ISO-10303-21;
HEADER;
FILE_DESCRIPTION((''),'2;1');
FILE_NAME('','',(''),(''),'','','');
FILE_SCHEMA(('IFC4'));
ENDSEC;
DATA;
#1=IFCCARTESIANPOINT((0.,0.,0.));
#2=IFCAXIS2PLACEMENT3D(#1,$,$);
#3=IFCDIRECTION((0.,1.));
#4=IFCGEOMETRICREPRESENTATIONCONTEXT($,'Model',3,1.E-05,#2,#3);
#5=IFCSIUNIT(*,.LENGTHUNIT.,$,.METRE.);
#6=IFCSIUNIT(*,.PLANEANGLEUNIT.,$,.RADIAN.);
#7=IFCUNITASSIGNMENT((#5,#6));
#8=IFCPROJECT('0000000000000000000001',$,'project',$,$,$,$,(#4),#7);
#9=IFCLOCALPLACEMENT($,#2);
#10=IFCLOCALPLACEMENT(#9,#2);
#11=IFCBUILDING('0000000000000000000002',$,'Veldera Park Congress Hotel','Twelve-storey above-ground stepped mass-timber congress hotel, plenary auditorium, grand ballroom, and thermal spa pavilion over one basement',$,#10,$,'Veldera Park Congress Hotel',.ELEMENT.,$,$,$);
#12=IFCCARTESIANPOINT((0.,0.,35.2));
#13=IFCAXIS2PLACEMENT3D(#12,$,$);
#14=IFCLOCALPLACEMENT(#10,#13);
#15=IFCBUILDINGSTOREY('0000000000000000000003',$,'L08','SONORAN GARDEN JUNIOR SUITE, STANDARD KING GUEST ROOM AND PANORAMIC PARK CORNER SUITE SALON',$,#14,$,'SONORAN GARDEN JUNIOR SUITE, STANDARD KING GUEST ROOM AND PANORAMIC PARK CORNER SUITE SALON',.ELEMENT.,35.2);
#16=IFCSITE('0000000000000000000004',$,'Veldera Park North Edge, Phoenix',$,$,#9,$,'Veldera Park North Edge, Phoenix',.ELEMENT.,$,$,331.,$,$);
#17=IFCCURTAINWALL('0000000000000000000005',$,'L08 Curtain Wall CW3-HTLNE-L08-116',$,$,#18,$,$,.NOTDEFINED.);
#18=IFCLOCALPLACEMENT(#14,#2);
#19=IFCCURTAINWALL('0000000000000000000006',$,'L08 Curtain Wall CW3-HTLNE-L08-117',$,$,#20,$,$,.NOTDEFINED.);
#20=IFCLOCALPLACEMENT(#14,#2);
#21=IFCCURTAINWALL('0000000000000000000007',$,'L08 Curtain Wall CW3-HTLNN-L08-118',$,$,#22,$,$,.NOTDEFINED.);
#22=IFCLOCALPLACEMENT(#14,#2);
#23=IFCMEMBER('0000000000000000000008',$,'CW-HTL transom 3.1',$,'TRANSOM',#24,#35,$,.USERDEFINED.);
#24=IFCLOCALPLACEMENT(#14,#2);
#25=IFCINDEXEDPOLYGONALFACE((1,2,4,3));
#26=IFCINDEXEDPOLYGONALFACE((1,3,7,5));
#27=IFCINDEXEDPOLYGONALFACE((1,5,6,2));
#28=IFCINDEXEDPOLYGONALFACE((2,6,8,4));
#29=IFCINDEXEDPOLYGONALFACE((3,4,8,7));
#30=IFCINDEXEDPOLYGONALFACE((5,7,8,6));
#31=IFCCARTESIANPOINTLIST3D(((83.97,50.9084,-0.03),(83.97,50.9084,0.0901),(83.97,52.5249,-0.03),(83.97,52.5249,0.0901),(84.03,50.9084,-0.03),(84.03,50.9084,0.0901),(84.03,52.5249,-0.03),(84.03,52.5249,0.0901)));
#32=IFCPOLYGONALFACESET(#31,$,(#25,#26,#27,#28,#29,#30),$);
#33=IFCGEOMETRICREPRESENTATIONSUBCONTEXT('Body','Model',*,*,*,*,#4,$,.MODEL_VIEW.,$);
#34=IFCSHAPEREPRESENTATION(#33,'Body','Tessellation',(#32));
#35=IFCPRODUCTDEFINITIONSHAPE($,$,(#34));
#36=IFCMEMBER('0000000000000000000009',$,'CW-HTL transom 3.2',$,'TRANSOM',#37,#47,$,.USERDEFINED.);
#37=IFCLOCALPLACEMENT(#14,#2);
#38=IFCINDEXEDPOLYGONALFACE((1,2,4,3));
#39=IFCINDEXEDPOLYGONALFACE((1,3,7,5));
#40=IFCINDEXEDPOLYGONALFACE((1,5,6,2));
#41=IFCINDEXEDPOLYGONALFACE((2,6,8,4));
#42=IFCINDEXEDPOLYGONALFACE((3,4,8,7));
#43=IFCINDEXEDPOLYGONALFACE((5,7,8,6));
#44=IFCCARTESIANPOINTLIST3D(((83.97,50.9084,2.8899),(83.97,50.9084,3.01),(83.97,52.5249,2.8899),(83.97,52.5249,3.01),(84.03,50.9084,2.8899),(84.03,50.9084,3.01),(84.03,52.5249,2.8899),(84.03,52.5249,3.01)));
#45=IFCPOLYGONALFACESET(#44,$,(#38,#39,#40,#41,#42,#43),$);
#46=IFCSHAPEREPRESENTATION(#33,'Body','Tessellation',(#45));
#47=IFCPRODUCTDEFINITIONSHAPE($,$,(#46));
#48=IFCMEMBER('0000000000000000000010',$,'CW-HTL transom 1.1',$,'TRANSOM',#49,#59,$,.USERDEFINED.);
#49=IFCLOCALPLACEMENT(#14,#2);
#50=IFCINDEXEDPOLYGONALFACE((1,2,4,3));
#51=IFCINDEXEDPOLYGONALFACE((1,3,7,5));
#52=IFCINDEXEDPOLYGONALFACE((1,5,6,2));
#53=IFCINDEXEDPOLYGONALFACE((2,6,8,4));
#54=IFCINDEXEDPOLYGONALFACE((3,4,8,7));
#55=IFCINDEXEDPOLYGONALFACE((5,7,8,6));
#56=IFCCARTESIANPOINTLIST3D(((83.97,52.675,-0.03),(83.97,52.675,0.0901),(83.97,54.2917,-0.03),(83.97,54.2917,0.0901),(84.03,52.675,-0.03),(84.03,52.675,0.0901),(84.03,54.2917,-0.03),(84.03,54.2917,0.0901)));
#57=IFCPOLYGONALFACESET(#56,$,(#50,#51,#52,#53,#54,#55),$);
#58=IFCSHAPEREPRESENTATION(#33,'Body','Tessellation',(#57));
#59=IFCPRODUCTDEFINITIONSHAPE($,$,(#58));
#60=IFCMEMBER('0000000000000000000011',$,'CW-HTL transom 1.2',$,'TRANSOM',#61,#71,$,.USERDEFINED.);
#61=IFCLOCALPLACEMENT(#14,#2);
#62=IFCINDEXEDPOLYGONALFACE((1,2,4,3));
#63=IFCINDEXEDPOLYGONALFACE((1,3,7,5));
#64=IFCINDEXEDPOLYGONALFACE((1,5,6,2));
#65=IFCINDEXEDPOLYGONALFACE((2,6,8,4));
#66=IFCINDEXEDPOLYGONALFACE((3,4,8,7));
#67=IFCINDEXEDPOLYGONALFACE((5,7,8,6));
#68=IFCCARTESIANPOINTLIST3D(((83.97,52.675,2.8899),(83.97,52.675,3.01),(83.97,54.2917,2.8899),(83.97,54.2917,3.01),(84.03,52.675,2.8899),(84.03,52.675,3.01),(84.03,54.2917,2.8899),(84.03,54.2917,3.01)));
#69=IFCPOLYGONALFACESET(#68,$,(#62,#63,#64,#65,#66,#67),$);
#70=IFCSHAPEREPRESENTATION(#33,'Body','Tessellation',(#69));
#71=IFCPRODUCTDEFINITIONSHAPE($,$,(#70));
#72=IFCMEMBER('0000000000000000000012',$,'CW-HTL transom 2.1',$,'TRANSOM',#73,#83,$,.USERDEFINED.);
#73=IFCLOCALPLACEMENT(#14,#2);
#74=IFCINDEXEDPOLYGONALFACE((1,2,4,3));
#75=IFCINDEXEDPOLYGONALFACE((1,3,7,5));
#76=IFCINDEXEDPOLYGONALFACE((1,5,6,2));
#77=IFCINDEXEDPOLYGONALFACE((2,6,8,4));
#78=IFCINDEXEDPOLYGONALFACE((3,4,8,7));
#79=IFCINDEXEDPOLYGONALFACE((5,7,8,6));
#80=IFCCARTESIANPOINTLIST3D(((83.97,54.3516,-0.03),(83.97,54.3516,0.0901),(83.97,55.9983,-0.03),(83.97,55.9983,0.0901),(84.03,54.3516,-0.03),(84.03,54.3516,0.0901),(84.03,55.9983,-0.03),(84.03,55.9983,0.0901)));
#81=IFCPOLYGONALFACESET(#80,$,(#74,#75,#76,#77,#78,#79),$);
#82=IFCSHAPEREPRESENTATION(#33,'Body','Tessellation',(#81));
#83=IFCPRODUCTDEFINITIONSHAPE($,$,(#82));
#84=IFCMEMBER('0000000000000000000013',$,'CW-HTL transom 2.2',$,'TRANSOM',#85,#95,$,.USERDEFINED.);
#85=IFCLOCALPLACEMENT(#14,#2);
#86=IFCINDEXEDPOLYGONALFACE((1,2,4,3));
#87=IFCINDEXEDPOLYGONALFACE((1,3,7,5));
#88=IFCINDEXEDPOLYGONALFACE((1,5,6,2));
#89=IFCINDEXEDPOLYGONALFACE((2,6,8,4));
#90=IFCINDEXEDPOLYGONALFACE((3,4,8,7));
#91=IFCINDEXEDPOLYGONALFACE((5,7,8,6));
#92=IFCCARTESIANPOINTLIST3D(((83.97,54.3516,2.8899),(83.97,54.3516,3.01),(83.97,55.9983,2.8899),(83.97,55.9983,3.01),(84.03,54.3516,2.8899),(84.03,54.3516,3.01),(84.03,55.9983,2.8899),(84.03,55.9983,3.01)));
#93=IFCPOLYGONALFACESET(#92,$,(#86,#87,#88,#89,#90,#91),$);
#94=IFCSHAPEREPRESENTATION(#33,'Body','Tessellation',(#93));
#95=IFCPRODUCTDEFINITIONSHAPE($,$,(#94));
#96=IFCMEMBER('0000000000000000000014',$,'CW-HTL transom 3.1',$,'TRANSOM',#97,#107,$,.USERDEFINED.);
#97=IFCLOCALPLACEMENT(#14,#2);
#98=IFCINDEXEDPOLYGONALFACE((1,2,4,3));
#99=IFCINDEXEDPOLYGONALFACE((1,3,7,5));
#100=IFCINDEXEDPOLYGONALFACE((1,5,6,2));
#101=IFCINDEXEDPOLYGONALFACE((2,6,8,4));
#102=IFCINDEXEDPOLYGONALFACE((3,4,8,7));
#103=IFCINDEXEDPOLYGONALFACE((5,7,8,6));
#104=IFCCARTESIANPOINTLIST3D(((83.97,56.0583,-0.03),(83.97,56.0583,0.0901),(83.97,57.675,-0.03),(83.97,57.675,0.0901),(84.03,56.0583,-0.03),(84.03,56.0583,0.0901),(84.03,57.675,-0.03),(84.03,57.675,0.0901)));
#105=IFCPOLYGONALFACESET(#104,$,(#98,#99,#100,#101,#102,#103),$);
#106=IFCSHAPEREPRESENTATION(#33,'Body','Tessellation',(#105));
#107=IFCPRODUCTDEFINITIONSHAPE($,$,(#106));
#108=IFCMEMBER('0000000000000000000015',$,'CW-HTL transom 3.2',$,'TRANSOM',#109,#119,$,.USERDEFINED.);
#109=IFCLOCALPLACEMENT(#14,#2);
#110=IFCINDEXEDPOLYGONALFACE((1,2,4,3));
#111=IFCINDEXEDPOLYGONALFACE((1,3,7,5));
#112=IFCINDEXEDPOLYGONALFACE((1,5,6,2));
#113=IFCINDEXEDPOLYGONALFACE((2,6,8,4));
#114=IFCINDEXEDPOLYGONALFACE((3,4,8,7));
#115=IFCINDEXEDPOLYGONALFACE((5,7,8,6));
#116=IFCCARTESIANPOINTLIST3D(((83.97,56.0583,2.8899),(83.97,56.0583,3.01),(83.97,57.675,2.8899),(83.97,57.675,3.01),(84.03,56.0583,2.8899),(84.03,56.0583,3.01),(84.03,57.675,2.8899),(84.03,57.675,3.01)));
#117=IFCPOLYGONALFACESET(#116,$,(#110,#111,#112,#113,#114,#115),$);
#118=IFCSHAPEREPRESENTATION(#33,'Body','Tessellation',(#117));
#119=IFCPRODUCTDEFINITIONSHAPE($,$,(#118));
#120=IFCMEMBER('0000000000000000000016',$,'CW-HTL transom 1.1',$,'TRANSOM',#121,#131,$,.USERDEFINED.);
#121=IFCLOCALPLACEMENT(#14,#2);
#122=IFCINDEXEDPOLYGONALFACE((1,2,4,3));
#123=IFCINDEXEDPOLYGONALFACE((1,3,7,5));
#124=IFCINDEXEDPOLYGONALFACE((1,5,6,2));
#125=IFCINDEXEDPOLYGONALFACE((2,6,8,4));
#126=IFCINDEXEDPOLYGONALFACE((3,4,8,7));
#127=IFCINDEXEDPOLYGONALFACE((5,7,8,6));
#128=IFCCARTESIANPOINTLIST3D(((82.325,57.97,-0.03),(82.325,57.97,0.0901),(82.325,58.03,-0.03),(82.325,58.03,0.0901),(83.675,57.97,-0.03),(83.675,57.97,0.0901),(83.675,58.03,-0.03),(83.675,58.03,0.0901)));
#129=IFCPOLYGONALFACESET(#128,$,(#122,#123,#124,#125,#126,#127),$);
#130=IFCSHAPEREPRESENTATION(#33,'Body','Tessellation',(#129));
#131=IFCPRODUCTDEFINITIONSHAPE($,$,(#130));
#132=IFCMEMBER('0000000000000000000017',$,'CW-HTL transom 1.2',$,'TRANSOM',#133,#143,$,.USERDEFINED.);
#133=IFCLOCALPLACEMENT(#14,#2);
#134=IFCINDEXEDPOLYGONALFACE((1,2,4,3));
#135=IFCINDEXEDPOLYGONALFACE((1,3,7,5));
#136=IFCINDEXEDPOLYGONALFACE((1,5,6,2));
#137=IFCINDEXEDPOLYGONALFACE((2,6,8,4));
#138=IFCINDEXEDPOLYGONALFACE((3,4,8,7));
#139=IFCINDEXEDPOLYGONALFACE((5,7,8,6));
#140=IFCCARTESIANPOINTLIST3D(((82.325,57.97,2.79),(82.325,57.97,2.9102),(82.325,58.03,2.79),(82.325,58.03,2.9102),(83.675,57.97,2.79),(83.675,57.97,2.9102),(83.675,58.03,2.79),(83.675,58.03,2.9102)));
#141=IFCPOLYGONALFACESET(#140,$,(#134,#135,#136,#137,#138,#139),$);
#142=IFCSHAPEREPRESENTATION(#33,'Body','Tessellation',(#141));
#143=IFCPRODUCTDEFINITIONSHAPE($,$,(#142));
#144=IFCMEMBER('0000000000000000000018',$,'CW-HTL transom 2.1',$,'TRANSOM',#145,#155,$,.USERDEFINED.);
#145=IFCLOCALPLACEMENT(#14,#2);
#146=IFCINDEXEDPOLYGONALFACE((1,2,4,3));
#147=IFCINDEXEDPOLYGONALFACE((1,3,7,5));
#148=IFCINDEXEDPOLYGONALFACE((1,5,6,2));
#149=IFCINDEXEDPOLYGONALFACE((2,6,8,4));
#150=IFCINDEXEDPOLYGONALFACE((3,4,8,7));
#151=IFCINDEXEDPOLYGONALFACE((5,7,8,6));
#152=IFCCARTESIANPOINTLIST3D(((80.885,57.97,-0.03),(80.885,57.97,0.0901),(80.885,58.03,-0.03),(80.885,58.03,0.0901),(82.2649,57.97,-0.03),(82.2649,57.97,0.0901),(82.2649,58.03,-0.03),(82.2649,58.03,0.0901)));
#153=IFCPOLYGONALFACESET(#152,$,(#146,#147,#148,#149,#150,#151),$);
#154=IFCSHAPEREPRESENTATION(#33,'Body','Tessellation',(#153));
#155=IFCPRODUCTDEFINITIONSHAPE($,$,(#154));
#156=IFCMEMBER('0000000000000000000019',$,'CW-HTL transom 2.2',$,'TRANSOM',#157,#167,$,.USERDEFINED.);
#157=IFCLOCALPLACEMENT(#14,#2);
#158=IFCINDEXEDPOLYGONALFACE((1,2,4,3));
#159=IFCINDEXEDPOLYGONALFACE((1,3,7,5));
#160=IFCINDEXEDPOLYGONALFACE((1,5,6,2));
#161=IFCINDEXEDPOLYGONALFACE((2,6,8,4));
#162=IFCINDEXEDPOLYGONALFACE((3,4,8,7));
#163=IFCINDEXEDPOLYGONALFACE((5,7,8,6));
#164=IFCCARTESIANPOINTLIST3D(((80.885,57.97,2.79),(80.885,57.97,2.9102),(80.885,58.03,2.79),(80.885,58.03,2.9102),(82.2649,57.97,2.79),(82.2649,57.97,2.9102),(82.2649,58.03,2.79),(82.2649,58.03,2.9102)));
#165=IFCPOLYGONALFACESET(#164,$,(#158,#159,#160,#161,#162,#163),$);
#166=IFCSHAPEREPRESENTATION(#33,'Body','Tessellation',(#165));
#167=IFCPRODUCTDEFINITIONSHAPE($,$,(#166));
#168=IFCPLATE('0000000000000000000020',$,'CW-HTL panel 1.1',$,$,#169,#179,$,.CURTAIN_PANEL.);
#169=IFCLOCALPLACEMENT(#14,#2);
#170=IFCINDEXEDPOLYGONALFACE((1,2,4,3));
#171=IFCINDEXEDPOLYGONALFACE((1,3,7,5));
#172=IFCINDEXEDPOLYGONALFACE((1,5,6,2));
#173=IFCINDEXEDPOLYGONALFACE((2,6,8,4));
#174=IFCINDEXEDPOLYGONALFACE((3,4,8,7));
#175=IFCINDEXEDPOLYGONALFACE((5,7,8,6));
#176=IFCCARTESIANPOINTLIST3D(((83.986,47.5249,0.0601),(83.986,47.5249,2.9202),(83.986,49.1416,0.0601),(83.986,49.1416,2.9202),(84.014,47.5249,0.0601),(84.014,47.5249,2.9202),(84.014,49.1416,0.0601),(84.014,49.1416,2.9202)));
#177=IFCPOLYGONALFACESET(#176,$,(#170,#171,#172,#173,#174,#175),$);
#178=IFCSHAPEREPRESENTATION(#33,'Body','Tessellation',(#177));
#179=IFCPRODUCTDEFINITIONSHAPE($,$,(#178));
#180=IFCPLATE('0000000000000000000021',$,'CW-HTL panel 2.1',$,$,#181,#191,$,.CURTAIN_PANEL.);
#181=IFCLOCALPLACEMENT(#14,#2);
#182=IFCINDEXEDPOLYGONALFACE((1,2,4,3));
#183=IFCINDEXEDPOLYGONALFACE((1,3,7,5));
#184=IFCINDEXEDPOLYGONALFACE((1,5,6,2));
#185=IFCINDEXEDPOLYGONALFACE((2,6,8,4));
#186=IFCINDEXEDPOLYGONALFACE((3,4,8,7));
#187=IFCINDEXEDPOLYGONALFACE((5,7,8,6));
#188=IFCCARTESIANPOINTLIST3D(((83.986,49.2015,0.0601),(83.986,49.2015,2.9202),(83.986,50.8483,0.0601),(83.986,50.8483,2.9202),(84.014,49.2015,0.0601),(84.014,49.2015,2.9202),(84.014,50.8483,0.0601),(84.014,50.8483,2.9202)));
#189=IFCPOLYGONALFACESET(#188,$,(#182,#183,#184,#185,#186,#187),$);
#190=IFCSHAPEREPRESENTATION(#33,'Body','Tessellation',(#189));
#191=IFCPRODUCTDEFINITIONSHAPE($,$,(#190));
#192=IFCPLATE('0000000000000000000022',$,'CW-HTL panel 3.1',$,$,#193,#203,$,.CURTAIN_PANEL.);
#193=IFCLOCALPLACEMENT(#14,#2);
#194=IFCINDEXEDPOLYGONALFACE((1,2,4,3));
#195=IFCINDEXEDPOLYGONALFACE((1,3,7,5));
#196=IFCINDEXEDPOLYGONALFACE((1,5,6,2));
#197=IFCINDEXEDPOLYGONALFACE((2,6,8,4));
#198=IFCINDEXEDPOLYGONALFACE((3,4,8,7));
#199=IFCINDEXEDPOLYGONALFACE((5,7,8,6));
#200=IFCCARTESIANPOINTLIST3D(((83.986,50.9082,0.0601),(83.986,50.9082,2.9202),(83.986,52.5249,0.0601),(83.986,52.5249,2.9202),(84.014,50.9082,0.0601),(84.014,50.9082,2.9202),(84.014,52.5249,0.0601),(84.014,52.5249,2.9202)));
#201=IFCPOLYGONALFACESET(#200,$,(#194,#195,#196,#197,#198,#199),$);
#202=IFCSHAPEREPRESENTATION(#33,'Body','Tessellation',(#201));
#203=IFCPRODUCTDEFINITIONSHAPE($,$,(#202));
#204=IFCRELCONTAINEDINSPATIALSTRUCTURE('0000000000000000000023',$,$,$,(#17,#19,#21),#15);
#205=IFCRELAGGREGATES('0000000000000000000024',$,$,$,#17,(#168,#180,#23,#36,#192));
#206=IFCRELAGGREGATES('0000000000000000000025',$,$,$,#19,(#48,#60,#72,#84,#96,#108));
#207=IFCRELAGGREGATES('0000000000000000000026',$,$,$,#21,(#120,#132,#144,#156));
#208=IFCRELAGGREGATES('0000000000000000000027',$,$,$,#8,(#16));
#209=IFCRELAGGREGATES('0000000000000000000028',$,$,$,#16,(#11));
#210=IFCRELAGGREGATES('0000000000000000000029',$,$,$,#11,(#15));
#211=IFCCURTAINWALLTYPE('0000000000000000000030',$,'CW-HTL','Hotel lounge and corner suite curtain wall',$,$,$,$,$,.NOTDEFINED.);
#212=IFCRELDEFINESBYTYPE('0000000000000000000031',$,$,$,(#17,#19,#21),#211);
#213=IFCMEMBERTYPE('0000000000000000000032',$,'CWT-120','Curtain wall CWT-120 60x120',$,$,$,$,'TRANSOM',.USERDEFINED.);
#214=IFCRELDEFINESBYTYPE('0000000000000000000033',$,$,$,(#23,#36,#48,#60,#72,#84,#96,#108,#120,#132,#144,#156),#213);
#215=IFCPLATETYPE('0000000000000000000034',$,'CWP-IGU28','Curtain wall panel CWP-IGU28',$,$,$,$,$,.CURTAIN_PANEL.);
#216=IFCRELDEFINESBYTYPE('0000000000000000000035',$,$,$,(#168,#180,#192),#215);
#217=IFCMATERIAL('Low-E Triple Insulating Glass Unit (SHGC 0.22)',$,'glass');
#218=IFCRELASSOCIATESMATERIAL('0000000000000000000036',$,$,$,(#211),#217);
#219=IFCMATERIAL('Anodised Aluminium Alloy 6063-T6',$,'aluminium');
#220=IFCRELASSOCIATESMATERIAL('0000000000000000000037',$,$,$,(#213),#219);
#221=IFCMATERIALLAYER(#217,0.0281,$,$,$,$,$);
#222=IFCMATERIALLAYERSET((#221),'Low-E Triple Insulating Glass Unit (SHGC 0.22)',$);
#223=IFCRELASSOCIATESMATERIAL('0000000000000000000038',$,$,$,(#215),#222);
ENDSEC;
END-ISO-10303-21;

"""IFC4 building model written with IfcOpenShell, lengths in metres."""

from ifc_helpers import new_model, si_unit, direction, frame, origin, origin_2d, place, context, subcontext, project, spatial, rectangle, extrude, material, layer, layer_set, material_profile, profile_set, type_object, element, aggregate, save


model = new_model("IFC4")

# Units and contexts
model_context = context("Model", 3, precision=1e-05, world=origin(), true_north=direction((0.0, 1.0)))
body_context = subcontext(model_context, "Body", "Model", "MODEL_VIEW")
ifc_project = project(units=[si_unit("LENGTHUNIT", "METRE"), si_unit("PLANEANGLEUNIT", "RADIAN")], contexts=[model_context])

# Site, building, storey
site_placement = place(None, origin())
site = spatial("IfcSite", under=ifc_project, at=site_placement, Name="Veldera Park North Edge, Phoenix", LongName="Veldera Park North Edge, Phoenix", CompositionType="ELEMENT", RefElevation=331.0)
building_placement = place(site_placement, origin())
building = spatial("IfcBuilding", under=site, at=building_placement, Name="Veldera Park Congress Hotel", Description="Twelve-storey above-ground stepped mass-timber congress hotel, plenary auditorium, grand ballroom, and thermal spa pavilion over one basement", LongName="Veldera Park Congress Hotel", CompositionType="ELEMENT")
storey_placement = place(building_placement, frame((0.0, 0.0, 35.2)))
storey = spatial("IfcBuildingStorey", under=building, at=storey_placement, Name="L08", Description="SONORAN GARDEN JUNIOR SUITE, STANDARD KING GUEST ROOM AND PANORAMIC PARK CORNER SUITE SALON", LongName="SONORAN GARDEN JUNIOR SUITE, STANDARD KING GUEST ROOM AND PANORAMIC PARK CORNER SUITE SALON", CompositionType="ELEMENT", Elevation=35.2)

# Curtain walls
ifc_material_1 = material(Name="Low-E Triple Insulating Glass Unit (SHGC 0.22)", Category="glass")
curtain_wall_type = type_object("IfcCurtainWallType", Name="CW-HTL", Description="Hotel lounge and corner suite curtain wall", PredefinedType="NOTDEFINED", material=ifc_material_1)
curtain_wall_1_placement = place(storey_placement, origin())
curtain_wall_1 = element("IfcCurtainWall", 1, at=curtain_wall_1_placement, inside=storey, type_object=curtain_wall_type, Name="L08 Curtain Wall CW3-HTLNE-L08-116", PredefinedType="NOTDEFINED")
ifc_material_2 = material(Name="Anodised Aluminium Alloy 6063-T6", Category="aluminium")
curtain_wall_2_placement = place(storey_placement, origin())
curtain_wall_2 = element("IfcCurtainWall", 2, at=curtain_wall_2_placement, inside=storey, type_object=curtain_wall_type, Name="L08 Curtain Wall CW3-HTLNE-L08-117", PredefinedType="NOTDEFINED")
curtain_wall_3_placement = place(storey_placement, origin())
curtain_wall_3 = element("IfcCurtainWall", 3, at=curtain_wall_3_placement, inside=storey, type_object=curtain_wall_type, Name="L08 Curtain Wall CW3-HTLNN-L08-118", PredefinedType="NOTDEFINED")

# Members
ifc_material_profile_1 = material_profile(ifc_material_2, rectangle(XDim=0.0601, YDim=0.1201, at=origin_2d()), Name="ALU 60x120")
ifc_profile_set_1 = profile_set([ifc_material_profile_1], Name="Anodised Aluminium Alloy 6063-T6")
member_type_1 = type_object("IfcMemberType", Name="CWT-120", Description="Curtain wall CWT-120 60x120", ElementType="TRANSOM", PredefinedType="USERDEFINED", material=ifc_profile_set_1)
member_1_placement = place(storey_placement, frame((84.0, 50.9084, 0.03), z_axis=(0.0, 1.0, 0.0), x_axis=(-1.0, 0.0, 0.0)))
member_1 = element("IfcMember", 4, at=member_1_placement, type_object=member_type_1, Name="CW-HTL transom 3.1", ObjectType="TRANSOM", PredefinedType="USERDEFINED", context=body_context, shape_type="SweptSolid", body=[
    extrude(rectangle(XDim=0.0601, YDim=0.1201, at=origin_2d()), origin(), (0.0, 0.0, 1.0), 1.6165),
])
member_2_placement = place(storey_placement, frame((84.0, 50.9084, 2.95), z_axis=(0.0, 1.0, 0.0), x_axis=(-1.0, 0.0, 0.0)))
member_2 = element("IfcMember", 5, at=member_2_placement, type_object=member_type_1, Name="CW-HTL transom 3.2", ObjectType="TRANSOM", PredefinedType="USERDEFINED", context=body_context, shape_type="SweptSolid", body=[
    extrude(rectangle(XDim=0.0601, YDim=0.1201, at=origin_2d()), origin(), (0.0, 0.0, 1.0), 1.6165),
])
member_3_placement = place(storey_placement, frame((84.0, 52.675, 0.03), z_axis=(0.0, 1.0, 0.0), x_axis=(-1.0, 0.0, 0.0)))
member_3 = element("IfcMember", 6, at=member_3_placement, type_object=member_type_1, Name="CW-HTL transom 1.1", ObjectType="TRANSOM", PredefinedType="USERDEFINED", context=body_context, shape_type="SweptSolid", body=[
    extrude(rectangle(XDim=0.0601, YDim=0.1201, at=origin_2d()), origin(), (0.0, 0.0, 1.0), 1.6167),
])
member_4_placement = place(storey_placement, frame((84.0, 52.675, 2.95), z_axis=(0.0, 1.0, 0.0), x_axis=(-1.0, 0.0, 0.0)))
member_4 = element("IfcMember", 7, at=member_4_placement, type_object=member_type_1, Name="CW-HTL transom 1.2", ObjectType="TRANSOM", PredefinedType="USERDEFINED", context=body_context, shape_type="SweptSolid", body=[
    extrude(rectangle(XDim=0.0601, YDim=0.1201, at=origin_2d()), origin(), (0.0, 0.0, 1.0), 1.6167),
])
member_5_placement = place(storey_placement, frame((84.0, 54.3516, 0.03), z_axis=(0.0, 1.0, 0.0), x_axis=(-1.0, 0.0, 0.0)))
member_5 = element("IfcMember", 8, at=member_5_placement, type_object=member_type_1, Name="CW-HTL transom 2.1", ObjectType="TRANSOM", PredefinedType="USERDEFINED", context=body_context, shape_type="SweptSolid", body=[
    extrude(rectangle(XDim=0.0601, YDim=0.1201, at=origin_2d()), origin(), (0.0, 0.0, 1.0), 1.6467),
])
member_6_placement = place(storey_placement, frame((84.0, 54.3516, 2.95), z_axis=(0.0, 1.0, 0.0), x_axis=(-1.0, 0.0, 0.0)))
member_6 = element("IfcMember", 9, at=member_6_placement, type_object=member_type_1, Name="CW-HTL transom 2.2", ObjectType="TRANSOM", PredefinedType="USERDEFINED", context=body_context, shape_type="SweptSolid", body=[
    extrude(rectangle(XDim=0.0601, YDim=0.1201, at=origin_2d()), origin(), (0.0, 0.0, 1.0), 1.6467),
])
member_7_placement = place(storey_placement, frame((84.0, 56.0583, 0.03), z_axis=(0.0, 1.0, 0.0), x_axis=(-1.0, 0.0, 0.0)))
member_7 = element("IfcMember", 10, at=member_7_placement, type_object=member_type_1, Name="CW-HTL transom 3.1", ObjectType="TRANSOM", PredefinedType="USERDEFINED", context=body_context, shape_type="SweptSolid", body=[
    extrude(rectangle(XDim=0.0601, YDim=0.1201, at=origin_2d()), origin(), (0.0, 0.0, 1.0), 1.6167),
])
member_8_placement = place(storey_placement, frame((84.0, 56.0583, 2.95), z_axis=(0.0, 1.0, 0.0), x_axis=(-1.0, 0.0, 0.0)))
member_8 = element("IfcMember", 11, at=member_8_placement, type_object=member_type_1, Name="CW-HTL transom 3.2", ObjectType="TRANSOM", PredefinedType="USERDEFINED", context=body_context, shape_type="SweptSolid", body=[
    extrude(rectangle(XDim=0.0601, YDim=0.1201, at=origin_2d()), origin(), (0.0, 0.0, 1.0), 1.6167),
])
member_9_placement = place(storey_placement, frame((83.675, 58.0, 0.03), z_axis=(-1.0, 0.0, 0.0), x_axis=(0.0, -1.0, 0.0)))
member_9 = element("IfcMember", 12, at=member_9_placement, type_object=member_type_1, Name="CW-HTL transom 1.1", ObjectType="TRANSOM", PredefinedType="USERDEFINED", context=body_context, shape_type="SweptSolid", body=[
    extrude(rectangle(XDim=0.0601, YDim=0.1201, at=origin_2d()), origin(), (0.0, 0.0, 1.0), 1.3501),
])
member_10_placement = place(storey_placement, frame((83.675, 58.0, 2.8501), z_axis=(-1.0, 0.0, 0.0), x_axis=(0.0, -1.0, 0.0)))
member_10 = element("IfcMember", 13, at=member_10_placement, type_object=member_type_1, Name="CW-HTL transom 1.2", ObjectType="TRANSOM", PredefinedType="USERDEFINED", context=body_context, shape_type="SweptSolid", body=[
    extrude(rectangle(XDim=0.0601, YDim=0.1201, at=origin_2d()), origin(), (0.0, 0.0, 1.0), 1.3501),
])
member_11_placement = place(storey_placement, frame((82.2649, 58.0, 0.03), z_axis=(-1.0, 0.0, 0.0), x_axis=(0.0, -1.0, 0.0)))
member_11 = element("IfcMember", 14, at=member_11_placement, type_object=member_type_1, Name="CW-HTL transom 2.1", ObjectType="TRANSOM", PredefinedType="USERDEFINED", context=body_context, shape_type="SweptSolid", body=[
    extrude(rectangle(XDim=0.0601, YDim=0.1201, at=origin_2d()), origin(), (0.0, 0.0, 1.0), 1.3799),
])
member_12_placement = place(storey_placement, frame((82.2649, 58.0, 2.8501), z_axis=(-1.0, 0.0, 0.0), x_axis=(0.0, -1.0, 0.0)))
member_12 = element("IfcMember", 15, at=member_12_placement, type_object=member_type_1, Name="CW-HTL transom 2.2", ObjectType="TRANSOM", PredefinedType="USERDEFINED", context=body_context, shape_type="SweptSolid", body=[
    extrude(rectangle(XDim=0.0601, YDim=0.1201, at=origin_2d()), origin(), (0.0, 0.0, 1.0), 1.3799),
])

# Plates
ifc_layer = layer(ifc_material_1, 0.0281)
ifc_layer_set = layer_set([ifc_layer], Name="Low-E Triple Insulating Glass Unit (SHGC 0.22)")
plate_type = type_object("IfcPlateType", Name="CWP-IGU28", Description="Curtain wall panel CWP-IGU28", PredefinedType="CURTAIN_PANEL", material=ifc_layer_set)
plate_1_placement = place(storey_placement, frame((84.0, 48.3333, 0.0601), z_axis=(0.0, 0.0, 1.0), x_axis=(0.0, 1.0, 0.0)))
plate_1 = element("IfcPlate", 16, at=plate_1_placement, type_object=plate_type, Name="CW-HTL panel 1.1", PredefinedType="CURTAIN_PANEL", context=body_context, shape_type="SweptSolid", body=[
    extrude(rectangle(XDim=1.6167, YDim=0.0281, at=origin_2d()), origin(), (0.0, 0.0, 1.0), 2.8601),
])
plate_2_placement = place(storey_placement, frame((84.0, 50.0249, 0.0601), z_axis=(0.0, 0.0, 1.0), x_axis=(0.0, 1.0, 0.0)))
plate_2 = element("IfcPlate", 17, at=plate_2_placement, type_object=plate_type, Name="CW-HTL panel 2.1", PredefinedType="CURTAIN_PANEL", context=body_context, shape_type="SweptSolid", body=[
    extrude(rectangle(XDim=1.6467, YDim=0.0281, at=origin_2d()), origin(), (0.0, 0.0, 1.0), 2.8601),
])
plate_3_placement = place(storey_placement, frame((84.0, 51.7166, 0.0601), z_axis=(0.0, 0.0, 1.0), x_axis=(0.0, 1.0, 0.0)))
plate_3 = element("IfcPlate", 18, at=plate_3_placement, type_object=plate_type, Name="CW-HTL panel 3.1", PredefinedType="CURTAIN_PANEL", context=body_context, shape_type="SweptSolid", body=[
    extrude(rectangle(XDim=1.6167, YDim=0.0281, at=origin_2d()), origin(), (0.0, 0.0, 1.0), 2.8601),
])
aggregate(curtain_wall_1, [plate_1, plate_2, member_1, member_2, plate_3])
aggregate(curtain_wall_2, [member_3, member_4, member_5, member_6, member_7, member_8])
aggregate(curtain_wall_3, [member_9, member_10, member_11, member_12])

save(model, "model.ifc")
